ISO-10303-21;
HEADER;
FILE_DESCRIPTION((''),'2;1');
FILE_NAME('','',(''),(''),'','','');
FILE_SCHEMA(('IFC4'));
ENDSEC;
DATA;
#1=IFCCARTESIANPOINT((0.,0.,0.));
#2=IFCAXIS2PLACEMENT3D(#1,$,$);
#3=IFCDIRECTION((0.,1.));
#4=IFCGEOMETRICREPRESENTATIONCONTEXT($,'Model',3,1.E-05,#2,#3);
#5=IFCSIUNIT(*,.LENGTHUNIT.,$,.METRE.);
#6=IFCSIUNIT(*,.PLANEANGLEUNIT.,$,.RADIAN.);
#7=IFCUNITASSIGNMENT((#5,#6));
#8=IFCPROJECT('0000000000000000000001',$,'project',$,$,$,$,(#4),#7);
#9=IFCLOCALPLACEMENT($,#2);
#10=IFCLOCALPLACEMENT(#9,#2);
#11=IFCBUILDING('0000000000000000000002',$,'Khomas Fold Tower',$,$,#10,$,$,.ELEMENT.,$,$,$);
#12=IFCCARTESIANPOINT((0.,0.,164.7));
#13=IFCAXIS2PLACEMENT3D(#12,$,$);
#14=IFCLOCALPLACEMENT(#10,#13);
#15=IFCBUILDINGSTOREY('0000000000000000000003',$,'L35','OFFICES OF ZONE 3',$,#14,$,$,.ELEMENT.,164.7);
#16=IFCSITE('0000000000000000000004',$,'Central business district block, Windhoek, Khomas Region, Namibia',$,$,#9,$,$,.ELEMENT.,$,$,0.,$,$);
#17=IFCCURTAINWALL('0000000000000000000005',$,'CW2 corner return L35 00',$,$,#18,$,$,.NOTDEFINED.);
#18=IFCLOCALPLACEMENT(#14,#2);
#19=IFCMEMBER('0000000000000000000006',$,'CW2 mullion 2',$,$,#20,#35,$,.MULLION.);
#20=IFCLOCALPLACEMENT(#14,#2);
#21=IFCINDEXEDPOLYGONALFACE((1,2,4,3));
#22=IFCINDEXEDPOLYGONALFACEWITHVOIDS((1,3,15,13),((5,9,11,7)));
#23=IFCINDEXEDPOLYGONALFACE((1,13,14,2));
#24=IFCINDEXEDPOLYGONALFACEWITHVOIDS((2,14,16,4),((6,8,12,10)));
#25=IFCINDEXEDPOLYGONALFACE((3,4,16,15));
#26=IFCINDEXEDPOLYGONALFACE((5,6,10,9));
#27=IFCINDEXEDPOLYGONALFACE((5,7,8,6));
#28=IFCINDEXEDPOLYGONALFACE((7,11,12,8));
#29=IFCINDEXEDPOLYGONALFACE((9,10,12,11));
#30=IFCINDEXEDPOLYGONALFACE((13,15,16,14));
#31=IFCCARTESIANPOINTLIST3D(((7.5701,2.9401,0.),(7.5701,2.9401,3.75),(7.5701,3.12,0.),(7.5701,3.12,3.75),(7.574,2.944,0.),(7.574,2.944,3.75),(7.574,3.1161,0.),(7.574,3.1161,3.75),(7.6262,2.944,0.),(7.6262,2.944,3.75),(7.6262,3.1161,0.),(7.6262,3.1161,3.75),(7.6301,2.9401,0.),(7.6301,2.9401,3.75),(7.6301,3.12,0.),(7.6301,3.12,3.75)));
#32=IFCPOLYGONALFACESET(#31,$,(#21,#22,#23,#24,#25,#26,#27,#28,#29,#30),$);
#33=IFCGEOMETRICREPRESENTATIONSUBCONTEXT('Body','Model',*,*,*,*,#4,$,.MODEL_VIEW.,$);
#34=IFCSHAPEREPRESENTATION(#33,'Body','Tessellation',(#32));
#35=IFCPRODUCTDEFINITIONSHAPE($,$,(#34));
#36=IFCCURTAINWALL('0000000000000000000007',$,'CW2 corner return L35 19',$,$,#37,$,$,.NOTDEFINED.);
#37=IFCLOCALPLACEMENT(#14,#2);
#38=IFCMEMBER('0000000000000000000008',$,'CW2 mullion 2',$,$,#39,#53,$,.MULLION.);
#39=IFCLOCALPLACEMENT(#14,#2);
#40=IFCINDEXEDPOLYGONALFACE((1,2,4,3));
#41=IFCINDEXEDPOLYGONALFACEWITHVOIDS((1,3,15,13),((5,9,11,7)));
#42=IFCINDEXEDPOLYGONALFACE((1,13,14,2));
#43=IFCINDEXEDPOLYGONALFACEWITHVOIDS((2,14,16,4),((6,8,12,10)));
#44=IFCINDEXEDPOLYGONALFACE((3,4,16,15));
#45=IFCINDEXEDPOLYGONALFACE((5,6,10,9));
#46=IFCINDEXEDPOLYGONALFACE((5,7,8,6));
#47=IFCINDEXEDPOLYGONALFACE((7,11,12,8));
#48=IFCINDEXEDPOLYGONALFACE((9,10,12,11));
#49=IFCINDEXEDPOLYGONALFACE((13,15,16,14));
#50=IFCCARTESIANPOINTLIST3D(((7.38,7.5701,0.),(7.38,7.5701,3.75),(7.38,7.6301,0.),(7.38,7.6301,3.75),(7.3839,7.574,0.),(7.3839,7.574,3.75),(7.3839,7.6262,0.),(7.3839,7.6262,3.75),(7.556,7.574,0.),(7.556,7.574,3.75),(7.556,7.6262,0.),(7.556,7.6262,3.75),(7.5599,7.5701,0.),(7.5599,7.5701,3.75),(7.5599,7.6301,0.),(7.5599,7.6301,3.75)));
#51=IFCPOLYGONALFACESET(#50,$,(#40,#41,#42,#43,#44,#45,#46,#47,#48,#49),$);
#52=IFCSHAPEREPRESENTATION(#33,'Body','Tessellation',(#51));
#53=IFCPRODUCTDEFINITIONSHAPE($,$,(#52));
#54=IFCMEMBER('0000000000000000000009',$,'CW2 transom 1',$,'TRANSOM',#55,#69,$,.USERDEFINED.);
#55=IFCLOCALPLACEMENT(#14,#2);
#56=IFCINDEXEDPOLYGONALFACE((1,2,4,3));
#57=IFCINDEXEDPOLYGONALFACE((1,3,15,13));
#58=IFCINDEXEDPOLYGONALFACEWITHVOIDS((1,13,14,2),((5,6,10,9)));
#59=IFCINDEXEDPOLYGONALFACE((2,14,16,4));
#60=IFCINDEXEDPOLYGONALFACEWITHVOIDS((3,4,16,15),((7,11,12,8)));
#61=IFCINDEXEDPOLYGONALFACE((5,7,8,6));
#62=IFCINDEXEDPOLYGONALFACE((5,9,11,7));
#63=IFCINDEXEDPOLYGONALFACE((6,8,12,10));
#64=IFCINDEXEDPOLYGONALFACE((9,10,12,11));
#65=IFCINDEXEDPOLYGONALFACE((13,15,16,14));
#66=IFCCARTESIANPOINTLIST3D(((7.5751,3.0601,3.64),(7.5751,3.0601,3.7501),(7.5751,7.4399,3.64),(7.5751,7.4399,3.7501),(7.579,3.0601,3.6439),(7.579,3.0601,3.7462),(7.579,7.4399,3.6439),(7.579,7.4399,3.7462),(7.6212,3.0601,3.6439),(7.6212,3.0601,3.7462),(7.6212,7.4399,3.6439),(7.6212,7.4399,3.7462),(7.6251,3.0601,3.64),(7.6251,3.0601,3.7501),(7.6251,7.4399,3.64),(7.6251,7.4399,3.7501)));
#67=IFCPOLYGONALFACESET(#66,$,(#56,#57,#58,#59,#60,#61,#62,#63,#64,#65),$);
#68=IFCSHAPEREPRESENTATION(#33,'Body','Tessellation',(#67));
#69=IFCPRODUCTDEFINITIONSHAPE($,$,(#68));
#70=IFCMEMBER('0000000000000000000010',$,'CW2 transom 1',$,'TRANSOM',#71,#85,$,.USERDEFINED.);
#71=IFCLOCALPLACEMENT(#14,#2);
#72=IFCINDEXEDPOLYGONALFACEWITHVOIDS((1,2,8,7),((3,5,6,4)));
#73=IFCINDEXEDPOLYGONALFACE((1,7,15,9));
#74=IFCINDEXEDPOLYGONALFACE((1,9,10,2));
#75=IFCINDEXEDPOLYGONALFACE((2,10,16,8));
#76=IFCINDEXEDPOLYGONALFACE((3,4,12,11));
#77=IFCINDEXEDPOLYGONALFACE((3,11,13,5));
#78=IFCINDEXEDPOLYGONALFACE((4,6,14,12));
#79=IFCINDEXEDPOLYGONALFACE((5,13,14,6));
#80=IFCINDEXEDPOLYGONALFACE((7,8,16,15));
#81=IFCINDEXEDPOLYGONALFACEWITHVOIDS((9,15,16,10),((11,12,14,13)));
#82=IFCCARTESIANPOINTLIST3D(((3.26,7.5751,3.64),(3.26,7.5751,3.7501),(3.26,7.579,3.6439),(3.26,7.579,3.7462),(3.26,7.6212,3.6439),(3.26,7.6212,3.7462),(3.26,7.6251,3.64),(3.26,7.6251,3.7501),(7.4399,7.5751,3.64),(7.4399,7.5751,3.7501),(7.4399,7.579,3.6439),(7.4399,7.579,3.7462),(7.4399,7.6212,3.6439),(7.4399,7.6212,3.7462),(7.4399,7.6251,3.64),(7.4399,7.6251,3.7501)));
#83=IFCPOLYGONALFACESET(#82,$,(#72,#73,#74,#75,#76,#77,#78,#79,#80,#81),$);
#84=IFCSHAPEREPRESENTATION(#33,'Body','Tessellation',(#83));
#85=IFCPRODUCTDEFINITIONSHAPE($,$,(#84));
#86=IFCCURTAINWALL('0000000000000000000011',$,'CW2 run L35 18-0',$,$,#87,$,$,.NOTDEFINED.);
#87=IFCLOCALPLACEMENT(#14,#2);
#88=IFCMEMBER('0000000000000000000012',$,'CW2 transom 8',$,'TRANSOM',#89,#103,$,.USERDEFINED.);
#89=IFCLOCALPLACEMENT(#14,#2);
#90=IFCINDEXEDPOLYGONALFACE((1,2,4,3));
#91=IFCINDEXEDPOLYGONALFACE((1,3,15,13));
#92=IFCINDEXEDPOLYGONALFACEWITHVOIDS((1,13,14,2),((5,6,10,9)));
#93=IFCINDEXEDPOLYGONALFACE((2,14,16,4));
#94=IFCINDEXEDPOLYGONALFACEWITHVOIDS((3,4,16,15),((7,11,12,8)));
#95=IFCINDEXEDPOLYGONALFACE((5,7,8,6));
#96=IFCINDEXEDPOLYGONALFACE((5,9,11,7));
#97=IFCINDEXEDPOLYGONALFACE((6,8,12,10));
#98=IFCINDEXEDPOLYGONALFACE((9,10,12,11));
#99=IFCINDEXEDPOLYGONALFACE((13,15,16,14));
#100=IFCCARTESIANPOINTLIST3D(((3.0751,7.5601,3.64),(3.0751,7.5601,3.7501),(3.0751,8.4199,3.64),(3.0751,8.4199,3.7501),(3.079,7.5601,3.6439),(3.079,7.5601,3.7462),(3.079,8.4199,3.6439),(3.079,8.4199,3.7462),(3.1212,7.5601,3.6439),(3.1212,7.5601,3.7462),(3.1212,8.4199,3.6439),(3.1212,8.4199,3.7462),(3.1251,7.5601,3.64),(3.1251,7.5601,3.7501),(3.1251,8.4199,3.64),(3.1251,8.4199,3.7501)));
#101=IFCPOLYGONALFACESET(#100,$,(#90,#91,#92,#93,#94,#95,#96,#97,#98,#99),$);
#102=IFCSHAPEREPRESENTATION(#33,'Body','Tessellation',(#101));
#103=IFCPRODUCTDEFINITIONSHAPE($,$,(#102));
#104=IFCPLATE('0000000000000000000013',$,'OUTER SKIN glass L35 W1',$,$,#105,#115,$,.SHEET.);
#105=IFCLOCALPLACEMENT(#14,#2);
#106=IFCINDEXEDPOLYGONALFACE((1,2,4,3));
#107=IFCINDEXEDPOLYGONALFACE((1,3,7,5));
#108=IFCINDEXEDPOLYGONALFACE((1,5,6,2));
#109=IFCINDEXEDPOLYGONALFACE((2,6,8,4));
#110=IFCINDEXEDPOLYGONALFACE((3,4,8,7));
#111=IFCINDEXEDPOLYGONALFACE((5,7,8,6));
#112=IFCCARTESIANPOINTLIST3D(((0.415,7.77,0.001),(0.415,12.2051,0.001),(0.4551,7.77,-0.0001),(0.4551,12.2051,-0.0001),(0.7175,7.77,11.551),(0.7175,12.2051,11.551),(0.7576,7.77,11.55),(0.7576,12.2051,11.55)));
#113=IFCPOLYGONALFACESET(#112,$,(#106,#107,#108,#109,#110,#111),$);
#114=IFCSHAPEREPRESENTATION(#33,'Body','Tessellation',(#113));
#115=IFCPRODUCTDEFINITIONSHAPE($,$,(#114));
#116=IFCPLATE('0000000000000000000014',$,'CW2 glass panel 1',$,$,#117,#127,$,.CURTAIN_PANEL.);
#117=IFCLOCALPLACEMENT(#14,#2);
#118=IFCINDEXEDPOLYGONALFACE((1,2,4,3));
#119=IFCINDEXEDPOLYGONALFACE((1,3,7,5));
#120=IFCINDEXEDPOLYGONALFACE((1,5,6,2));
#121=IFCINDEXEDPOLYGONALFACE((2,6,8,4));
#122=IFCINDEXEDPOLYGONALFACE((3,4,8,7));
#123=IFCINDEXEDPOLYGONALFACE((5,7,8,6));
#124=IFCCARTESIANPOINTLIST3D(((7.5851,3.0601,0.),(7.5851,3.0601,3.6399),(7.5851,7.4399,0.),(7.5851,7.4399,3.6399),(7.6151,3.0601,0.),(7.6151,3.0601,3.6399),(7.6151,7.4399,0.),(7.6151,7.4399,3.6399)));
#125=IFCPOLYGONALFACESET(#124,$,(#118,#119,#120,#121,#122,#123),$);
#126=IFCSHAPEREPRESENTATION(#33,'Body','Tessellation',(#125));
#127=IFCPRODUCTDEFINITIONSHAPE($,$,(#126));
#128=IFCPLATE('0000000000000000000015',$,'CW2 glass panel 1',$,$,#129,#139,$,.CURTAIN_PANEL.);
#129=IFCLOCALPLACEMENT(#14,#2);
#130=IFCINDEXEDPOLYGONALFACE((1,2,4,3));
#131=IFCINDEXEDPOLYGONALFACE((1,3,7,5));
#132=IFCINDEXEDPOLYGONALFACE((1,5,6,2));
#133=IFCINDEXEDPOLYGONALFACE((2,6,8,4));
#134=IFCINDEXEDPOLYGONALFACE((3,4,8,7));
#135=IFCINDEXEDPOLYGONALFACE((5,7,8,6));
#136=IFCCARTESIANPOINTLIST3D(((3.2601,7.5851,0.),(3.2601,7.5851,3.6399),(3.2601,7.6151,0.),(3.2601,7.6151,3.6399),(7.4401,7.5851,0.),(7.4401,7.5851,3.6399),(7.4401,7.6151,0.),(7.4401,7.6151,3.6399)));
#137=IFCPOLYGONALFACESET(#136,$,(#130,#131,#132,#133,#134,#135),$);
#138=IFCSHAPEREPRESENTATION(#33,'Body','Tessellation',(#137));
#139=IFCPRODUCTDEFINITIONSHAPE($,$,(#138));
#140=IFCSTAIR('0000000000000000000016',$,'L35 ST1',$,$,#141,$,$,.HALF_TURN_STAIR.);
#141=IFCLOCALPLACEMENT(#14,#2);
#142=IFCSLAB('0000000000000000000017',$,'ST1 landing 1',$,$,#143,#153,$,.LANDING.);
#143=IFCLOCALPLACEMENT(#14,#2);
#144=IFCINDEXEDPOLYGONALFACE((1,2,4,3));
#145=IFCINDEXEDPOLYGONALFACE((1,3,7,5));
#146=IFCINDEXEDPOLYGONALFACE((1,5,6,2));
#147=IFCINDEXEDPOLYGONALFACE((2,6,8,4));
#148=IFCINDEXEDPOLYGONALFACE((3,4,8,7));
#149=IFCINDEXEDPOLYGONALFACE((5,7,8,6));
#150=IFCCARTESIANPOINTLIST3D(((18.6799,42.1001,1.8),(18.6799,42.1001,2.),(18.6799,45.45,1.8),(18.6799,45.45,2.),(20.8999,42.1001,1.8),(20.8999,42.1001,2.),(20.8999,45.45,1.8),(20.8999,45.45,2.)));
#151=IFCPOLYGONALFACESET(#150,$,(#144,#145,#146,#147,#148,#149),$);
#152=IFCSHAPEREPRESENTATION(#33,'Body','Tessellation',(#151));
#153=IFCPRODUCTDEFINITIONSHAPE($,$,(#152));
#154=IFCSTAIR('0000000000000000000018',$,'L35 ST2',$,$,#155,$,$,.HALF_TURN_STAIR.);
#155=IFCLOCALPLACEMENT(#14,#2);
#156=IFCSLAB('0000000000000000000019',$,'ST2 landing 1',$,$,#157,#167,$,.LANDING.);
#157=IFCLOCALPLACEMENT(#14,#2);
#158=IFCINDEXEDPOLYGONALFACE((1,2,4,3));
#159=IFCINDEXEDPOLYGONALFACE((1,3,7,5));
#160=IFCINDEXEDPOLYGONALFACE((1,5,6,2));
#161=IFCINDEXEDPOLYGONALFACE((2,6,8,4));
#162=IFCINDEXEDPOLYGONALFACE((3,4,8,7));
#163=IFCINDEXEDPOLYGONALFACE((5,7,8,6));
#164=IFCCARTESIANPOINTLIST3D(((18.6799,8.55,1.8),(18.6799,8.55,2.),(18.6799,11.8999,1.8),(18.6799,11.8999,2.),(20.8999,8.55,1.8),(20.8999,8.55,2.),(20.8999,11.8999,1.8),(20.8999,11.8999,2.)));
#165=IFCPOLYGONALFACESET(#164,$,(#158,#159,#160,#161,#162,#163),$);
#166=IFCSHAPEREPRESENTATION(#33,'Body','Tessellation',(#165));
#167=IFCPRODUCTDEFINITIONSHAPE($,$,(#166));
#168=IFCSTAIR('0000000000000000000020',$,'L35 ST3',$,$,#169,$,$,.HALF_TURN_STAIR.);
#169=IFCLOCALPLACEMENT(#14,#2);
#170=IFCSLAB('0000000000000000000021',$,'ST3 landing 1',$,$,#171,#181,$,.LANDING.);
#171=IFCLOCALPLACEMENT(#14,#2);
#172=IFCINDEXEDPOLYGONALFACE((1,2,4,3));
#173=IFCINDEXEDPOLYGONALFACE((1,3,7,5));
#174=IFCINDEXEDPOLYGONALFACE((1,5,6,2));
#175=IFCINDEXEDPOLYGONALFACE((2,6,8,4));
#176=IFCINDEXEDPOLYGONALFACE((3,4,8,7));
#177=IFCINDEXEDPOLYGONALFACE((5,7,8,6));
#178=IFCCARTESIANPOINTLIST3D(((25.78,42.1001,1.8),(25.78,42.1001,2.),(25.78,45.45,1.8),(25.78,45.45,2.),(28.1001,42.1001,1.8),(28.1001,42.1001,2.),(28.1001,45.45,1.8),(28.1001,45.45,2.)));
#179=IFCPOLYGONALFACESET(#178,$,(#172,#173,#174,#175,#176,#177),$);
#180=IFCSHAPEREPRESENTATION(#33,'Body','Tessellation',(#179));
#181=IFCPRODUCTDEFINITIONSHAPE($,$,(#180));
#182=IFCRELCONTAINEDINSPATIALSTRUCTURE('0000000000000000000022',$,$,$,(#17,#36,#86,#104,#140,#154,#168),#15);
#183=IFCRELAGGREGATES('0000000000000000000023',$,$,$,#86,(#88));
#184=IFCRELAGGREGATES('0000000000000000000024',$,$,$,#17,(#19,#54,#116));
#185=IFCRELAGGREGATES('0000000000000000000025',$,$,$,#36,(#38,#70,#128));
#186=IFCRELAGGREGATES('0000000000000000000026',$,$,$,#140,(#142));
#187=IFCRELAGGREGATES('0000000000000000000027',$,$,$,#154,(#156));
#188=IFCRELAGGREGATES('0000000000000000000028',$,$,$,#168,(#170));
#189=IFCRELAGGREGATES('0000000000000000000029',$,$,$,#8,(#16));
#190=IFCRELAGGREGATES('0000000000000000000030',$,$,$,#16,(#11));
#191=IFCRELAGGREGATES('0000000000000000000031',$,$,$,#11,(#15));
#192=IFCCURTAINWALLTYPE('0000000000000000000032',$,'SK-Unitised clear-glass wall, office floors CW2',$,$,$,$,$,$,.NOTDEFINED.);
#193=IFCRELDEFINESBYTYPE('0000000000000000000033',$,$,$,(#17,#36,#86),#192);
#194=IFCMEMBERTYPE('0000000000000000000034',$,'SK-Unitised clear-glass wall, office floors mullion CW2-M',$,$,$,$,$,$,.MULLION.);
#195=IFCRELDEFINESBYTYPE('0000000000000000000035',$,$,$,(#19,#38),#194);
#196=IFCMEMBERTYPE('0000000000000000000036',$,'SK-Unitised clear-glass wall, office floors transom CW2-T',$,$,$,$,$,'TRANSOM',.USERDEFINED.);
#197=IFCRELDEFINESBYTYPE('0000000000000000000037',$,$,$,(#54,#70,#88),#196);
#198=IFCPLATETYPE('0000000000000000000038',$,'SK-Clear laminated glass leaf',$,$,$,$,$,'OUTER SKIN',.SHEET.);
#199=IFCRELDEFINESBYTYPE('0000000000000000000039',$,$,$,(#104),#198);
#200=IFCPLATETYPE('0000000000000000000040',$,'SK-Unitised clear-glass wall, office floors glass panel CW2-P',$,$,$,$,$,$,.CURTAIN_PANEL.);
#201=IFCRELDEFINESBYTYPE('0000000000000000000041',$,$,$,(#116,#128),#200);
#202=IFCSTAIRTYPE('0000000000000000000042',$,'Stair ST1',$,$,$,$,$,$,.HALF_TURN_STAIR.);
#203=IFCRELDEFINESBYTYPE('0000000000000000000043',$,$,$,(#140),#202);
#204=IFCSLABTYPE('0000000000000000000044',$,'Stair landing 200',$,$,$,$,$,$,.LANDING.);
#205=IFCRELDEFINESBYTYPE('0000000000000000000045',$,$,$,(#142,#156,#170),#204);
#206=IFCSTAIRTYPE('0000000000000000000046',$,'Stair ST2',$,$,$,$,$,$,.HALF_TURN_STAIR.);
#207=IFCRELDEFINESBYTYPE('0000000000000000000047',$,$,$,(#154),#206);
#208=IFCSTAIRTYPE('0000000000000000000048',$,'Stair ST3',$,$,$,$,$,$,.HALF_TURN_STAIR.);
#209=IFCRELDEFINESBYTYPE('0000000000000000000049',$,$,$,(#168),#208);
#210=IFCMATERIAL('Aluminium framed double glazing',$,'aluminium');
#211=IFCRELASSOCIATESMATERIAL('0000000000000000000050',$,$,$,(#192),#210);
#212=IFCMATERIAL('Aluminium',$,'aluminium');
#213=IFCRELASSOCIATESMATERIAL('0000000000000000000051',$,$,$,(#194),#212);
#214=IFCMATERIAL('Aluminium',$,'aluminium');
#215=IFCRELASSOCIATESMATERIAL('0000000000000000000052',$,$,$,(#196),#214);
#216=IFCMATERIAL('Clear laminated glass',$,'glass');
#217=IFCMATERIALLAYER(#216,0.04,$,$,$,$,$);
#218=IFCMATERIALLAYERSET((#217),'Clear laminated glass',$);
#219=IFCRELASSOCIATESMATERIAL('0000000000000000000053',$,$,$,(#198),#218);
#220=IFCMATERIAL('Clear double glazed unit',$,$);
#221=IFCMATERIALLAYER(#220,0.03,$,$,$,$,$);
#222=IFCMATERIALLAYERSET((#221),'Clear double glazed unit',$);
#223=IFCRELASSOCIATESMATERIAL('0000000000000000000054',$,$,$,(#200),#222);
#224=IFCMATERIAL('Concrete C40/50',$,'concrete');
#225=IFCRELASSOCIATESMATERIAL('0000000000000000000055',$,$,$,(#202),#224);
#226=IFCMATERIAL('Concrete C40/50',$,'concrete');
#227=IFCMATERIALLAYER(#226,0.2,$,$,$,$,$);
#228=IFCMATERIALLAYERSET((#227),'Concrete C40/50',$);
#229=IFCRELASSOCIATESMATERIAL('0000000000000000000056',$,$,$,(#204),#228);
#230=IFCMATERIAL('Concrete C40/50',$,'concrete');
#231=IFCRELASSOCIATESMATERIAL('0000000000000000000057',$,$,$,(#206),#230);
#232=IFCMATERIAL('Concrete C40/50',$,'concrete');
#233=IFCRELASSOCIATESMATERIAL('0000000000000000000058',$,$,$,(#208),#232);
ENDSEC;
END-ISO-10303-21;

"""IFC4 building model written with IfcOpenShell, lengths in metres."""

from ifc_helpers import new_model, si_unit, direction, frame, origin, origin_2d, place, context, subcontext, project, spatial, polyline, rectangle, hollow_rectangle, outline, extrude, source, transform, mapped, material, layer, layer_set, material_profile, profile_set, type_object, element, aggregate, save


model = new_model("IFC4")

# Units and contexts
model_context = context("Model", 3, precision=1e-05, world=origin(), true_north=direction((0.0, 1.0)))
body_context = subcontext(model_context, "Body", "Model", "MODEL_VIEW")
ifc_project = project(units=[si_unit("LENGTHUNIT", "METRE"), si_unit("PLANEANGLEUNIT", "RADIAN")], contexts=[model_context])

# Site, building, storey
site_placement = place(None, origin())
site = spatial("IfcSite", under=ifc_project, at=site_placement, Name="Central business district block, Windhoek, Khomas Region, Namibia", CompositionType="ELEMENT", RefElevation=0.0)
building_placement = place(site_placement, origin())
building = spatial("IfcBuilding", under=site, at=building_placement, Name="Khomas Fold Tower", CompositionType="ELEMENT")
storey_placement = place(building_placement, frame((0.0, 0.0, 164.7)))
storey = spatial("IfcBuildingStorey", under=building, at=storey_placement, Name="L35", Description="OFFICES OF ZONE 3", CompositionType="ELEMENT", Elevation=164.7)

# Curtain walls, members
ifc_material_1 = material(Name="Aluminium framed double glazing", Category="aluminium")
curtain_wall_type = type_object("IfcCurtainWallType", Name="SK-Unitised clear-glass wall, office floors CW2", PredefinedType="NOTDEFINED", material=ifc_material_1)
curtain_wall_1_placement = place(storey_placement, origin())
curtain_wall_1 = element("IfcCurtainWall", 1, at=curtain_wall_1_placement, inside=storey, type_object=curtain_wall_type, Name="CW2 corner return L35 00", PredefinedType="NOTDEFINED")
ifc_material_2 = material(Name="Aluminium", Category="aluminium")
ifc_material_profile_1 = material_profile(ifc_material_2, hollow_rectangle(XDim=0.0601, YDim=0.1799, WallThickness=0.0039, at=origin_2d()), Name="SK-Unitised clear-glass wall, office floors mullion CW2-M")
ifc_profile_set_1 = profile_set([ifc_material_profile_1], Name="Aluminium")
member_type_1 = type_object("IfcMemberType", Name="SK-Unitised clear-glass wall, office floors mullion CW2-M", PredefinedType="MULLION", material=ifc_profile_set_1)
shared_shape_1 = source(origin(), body_context, "Body", "SweptSolid", [
    extrude(hollow_rectangle(XDim=0.0601, YDim=0.1799, WallThickness=0.0039, at=origin_2d()), origin(), (0.0, 0.0, 1.0), 3.75),
])
member_1_placement = place(storey_placement, frame((7.6001, 3.03, 0.0), z_axis=(0.0, 0.0, 1.0), x_axis=(1.0, 0.0, 0.0)))
member_1 = element("IfcMember", 2, at=member_1_placement, type_object=member_type_1, Name="CW2 mullion 2", PredefinedType="MULLION", context=body_context, shape_type="MappedRepresentation", body=[
    mapped(shared_shape_1, transform((0.0, 0.0, 0.0))),
])
curtain_wall_2_placement = place(storey_placement, origin())
curtain_wall_2 = element("IfcCurtainWall", 3, at=curtain_wall_2_placement, inside=storey, type_object=curtain_wall_type, Name="CW2 corner return L35 19", PredefinedType="NOTDEFINED")
member_2_placement = place(storey_placement, frame((7.47, 7.6001, 0.0), z_axis=(0.0, 0.0, 1.0), x_axis=(0.0, 1.0, 0.0)))
member_2 = element("IfcMember", 4, at=member_2_placement, type_object=member_type_1, Name="CW2 mullion 2", PredefinedType="MULLION", context=body_context, shape_type="MappedRepresentation", body=[
    mapped(shared_shape_1, transform((0.0, 0.0, 0.0))),
])

# Members
ifc_material_3 = material(Name="Aluminium", Category="aluminium")
ifc_material_profile_2 = material_profile(ifc_material_3, hollow_rectangle(XDim=0.05, YDim=0.1101, WallThickness=0.0039, at=origin_2d()), Name="SK-Unitised clear-glass wall, office floors transom CW2-T")
ifc_profile_set_2 = profile_set([ifc_material_profile_2], Name="Aluminium")
member_type_2 = type_object("IfcMemberType", Name="SK-Unitised clear-glass wall, office floors transom CW2-T", ElementType="TRANSOM", PredefinedType="USERDEFINED", material=ifc_profile_set_2)
shared_shape_2 = source(origin(), body_context, "Body", "SweptSolid", [
    extrude(hollow_rectangle(XDim=0.05, YDim=0.1101, WallThickness=0.0039, at=origin_2d()), origin(), (0.0, 0.0, 1.0), 4.3799),
])
member_3_placement = place(storey_placement, frame((7.6001, 7.4399, 3.6951), z_axis=(0.0, -1.0, 0.0), x_axis=(1.0, 0.0, 0.0)))
member_3 = element("IfcMember", 5, at=member_3_placement, type_object=member_type_2, Name="CW2 transom 1", ObjectType="TRANSOM", PredefinedType="USERDEFINED", context=body_context, shape_type="MappedRepresentation", body=[
    mapped(shared_shape_2, transform((0.0, 0.0, 0.0))),
])
shared_shape_3 = source(origin(), body_context, "Body", "SweptSolid", [
    extrude(hollow_rectangle(XDim=0.05, YDim=0.1101, WallThickness=0.0039, at=origin_2d()), origin(), (0.0, 0.0, 1.0), 4.1799),
])
member_4_placement = place(storey_placement, frame((3.26, 7.6001, 3.6951), z_axis=(1.0, 0.0, 0.0), x_axis=(0.0, 1.0, 0.0)))
member_4 = element("IfcMember", 6, at=member_4_placement, type_object=member_type_2, Name="CW2 transom 1", ObjectType="TRANSOM", PredefinedType="USERDEFINED", context=body_context, shape_type="MappedRepresentation", body=[
    mapped(shared_shape_3, transform((0.0, 0.0, 0.0))),
])

# Curtain wall, member
curtain_wall_3_placement = place(storey_placement, origin())
curtain_wall_3 = element("IfcCurtainWall", 7, at=curtain_wall_3_placement, inside=storey, type_object=curtain_wall_type, Name="CW2 run L35 18-0", PredefinedType="NOTDEFINED")
shared_shape_4 = source(origin(), body_context, "Body", "SweptSolid", [
    extrude(hollow_rectangle(XDim=0.05, YDim=0.1101, WallThickness=0.0039, at=origin_2d()), origin(), (0.0, 0.0, 1.0), 0.8599),
])
member_5_placement = place(storey_placement, frame((3.1001, 8.4199, 3.6951), z_axis=(0.0, -1.0, 0.0), x_axis=(1.0, 0.0, 0.0)))
member_5 = element("IfcMember", 8, at=member_5_placement, type_object=member_type_2, Name="CW2 transom 8", ObjectType="TRANSOM", PredefinedType="USERDEFINED", context=body_context, shape_type="MappedRepresentation", body=[
    mapped(shared_shape_4, transform((0.0, 0.0, 0.0))),
])
aggregate(curtain_wall_3, [member_5])

# Plates
ifc_material_4 = material(Name="Clear laminated glass", Category="glass")
ifc_layer_1 = layer(ifc_material_4, 0.04)
ifc_layer_set_1 = layer_set([ifc_layer_1], Name="Clear laminated glass")
plate_type_1 = type_object("IfcPlateType", Name="SK-Clear laminated glass leaf", ElementType="OUTER SKIN", PredefinedType="SHEET", material=ifc_layer_set_1)
plate_1_placement = place(storey_placement, frame((0.415, 7.77, 0.001), z_axis=(-0.999657, 0.0, 0.026181), x_axis=(0.0, 1.0, 0.0)))
element("IfcPlate", 9, at=plate_1_placement, inside=storey, type_object=plate_type_1, Name="OUTER SKIN glass L35 W1", PredefinedType="SHEET", context=body_context, shape_type="SweptSolid", body=[
    extrude(outline(polyline([(0.0, 0.0), (4.4351, 0.0), (4.4351, -11.554), (0.0, -11.554), (0.0, 0.0)])), origin(), (0.0, 0.0, -1.0), 0.04),
])
ifc_material_5 = material(Name="Clear double glazed unit")
ifc_layer_2 = layer(ifc_material_5, 0.03)
ifc_layer_set_2 = layer_set([ifc_layer_2], Name="Clear double glazed unit")
plate_type_2 = type_object("IfcPlateType", Name="SK-Unitised clear-glass wall, office floors glass panel CW2-P", PredefinedType="CURTAIN_PANEL", material=ifc_layer_set_2)
shared_shape_5 = source(origin(), body_context, "Body", "SweptSolid", [
    extrude(rectangle(XDim=4.3799, YDim=0.03, at=origin_2d()), origin(), (0.0, 0.0, 1.0), 3.6399),
])
plate_2_placement = place(storey_placement, frame((7.6001, 5.25, 0.0), z_axis=(0.0, 0.0, 1.0), x_axis=(0.0, -1.0, 0.0)))
plate_2 = element("IfcPlate", 10, at=plate_2_placement, type_object=plate_type_2, Name="CW2 glass panel 1", PredefinedType="CURTAIN_PANEL", context=body_context, shape_type="MappedRepresentation", body=[
    mapped(shared_shape_5, transform((0.0, 0.0, 0.0))),
])
aggregate(curtain_wall_1, [member_1, member_3, plate_2])
shared_shape_6 = source(origin(), body_context, "Body", "SweptSolid", [
    extrude(rectangle(XDim=4.1799, YDim=0.03, at=origin_2d()), origin(), (0.0, 0.0, 1.0), 3.6399),
])
plate_3_placement = place(storey_placement, frame((5.3501, 7.6001, 0.0), z_axis=(0.0, 0.0, 1.0), x_axis=(1.0, 0.0, 0.0)))
plate_3 = element("IfcPlate", 11, at=plate_3_placement, type_object=plate_type_2, Name="CW2 glass panel 1", PredefinedType="CURTAIN_PANEL", context=body_context, shape_type="MappedRepresentation", body=[
    mapped(shared_shape_6, transform((0.0, 0.0, 0.0))),
])
aggregate(curtain_wall_2, [member_2, member_4, plate_3])

# Stairs, slabs
ifc_material_6 = material(Name="Concrete C40/50", Category="concrete")
stair_type_1 = type_object("IfcStairType", Name="Stair ST1", PredefinedType="HALF_TURN_STAIR", material=ifc_material_6)
stair_1_placement = place(storey_placement, origin())
stair_1 = element("IfcStair", 12, at=stair_1_placement, inside=storey, type_object=stair_type_1, Name="L35 ST1", PredefinedType="HALF_TURN_STAIR")
ifc_material_7 = material(Name="Concrete C40/50", Category="concrete")
ifc_layer_3 = layer(ifc_material_7, 0.2)
ifc_layer_set_3 = layer_set([ifc_layer_3], Name="Concrete C40/50")
slab_type = type_object("IfcSlabType", Name="Stair landing 200", PredefinedType="LANDING", material=ifc_layer_set_3)
shared_shape_7 = source(origin(), body_context, "Body", "SweptSolid", [
    extrude(outline(polyline([(18.6799, 42.1001), (20.8999, 42.1001), (20.8999, 45.45), (18.6799, 45.45), (18.6799, 42.1001)])), origin(), (0.0, 0.0, 1.0), 0.2),
])
slab_1_placement = place(storey_placement, frame((0.0, 0.0, 1.8)))
slab_1 = element("IfcSlab", 13, at=slab_1_placement, type_object=slab_type, Name="ST1 landing 1", PredefinedType="LANDING", context=body_context, shape_type="MappedRepresentation", body=[
    mapped(shared_shape_7, transform((0.0, 0.0, 0.0))),
])
aggregate(stair_1, [slab_1])
ifc_material_8 = material(Name="Concrete C40/50", Category="concrete")
stair_type_2 = type_object("IfcStairType", Name="Stair ST2", PredefinedType="HALF_TURN_STAIR", material=ifc_material_8)
stair_2_placement = place(storey_placement, origin())
stair_2 = element("IfcStair", 14, at=stair_2_placement, inside=storey, type_object=stair_type_2, Name="L35 ST2", PredefinedType="HALF_TURN_STAIR")
shared_shape_8 = source(origin(), body_context, "Body", "SweptSolid", [
    extrude(outline(polyline([(18.6799, 8.55), (20.8999, 8.55), (20.8999, 11.8999), (18.6799, 11.8999), (18.6799, 8.55)])), origin(), (0.0, 0.0, 1.0), 0.2),
])
slab_2_placement = place(storey_placement, frame((0.0, 0.0, 1.8)))
slab_2 = element("IfcSlab", 15, at=slab_2_placement, type_object=slab_type, Name="ST2 landing 1", PredefinedType="LANDING", context=body_context, shape_type="MappedRepresentation", body=[
    mapped(shared_shape_8, transform((0.0, 0.0, 0.0))),
])
aggregate(stair_2, [slab_2])
ifc_material_9 = material(Name="Concrete C40/50", Category="concrete")
stair_type_3 = type_object("IfcStairType", Name="Stair ST3", PredefinedType="HALF_TURN_STAIR", material=ifc_material_9)
stair_3_placement = place(storey_placement, origin())
stair_3 = element("IfcStair", 16, at=stair_3_placement, inside=storey, type_object=stair_type_3, Name="L35 ST3", PredefinedType="HALF_TURN_STAIR")
shared_shape_9 = source(origin(), body_context, "Body", "SweptSolid", [
    extrude(outline(polyline([(25.78, 42.1001), (28.1001, 42.1001), (28.1001, 45.45), (25.78, 45.45), (25.78, 42.1001)])), origin(), (0.0, 0.0, 1.0), 0.2),
])
slab_3_placement = place(storey_placement, frame((0.0, 0.0, 1.8)))
slab_3 = element("IfcSlab", 17, at=slab_3_placement, type_object=slab_type, Name="ST3 landing 1", PredefinedType="LANDING", context=body_context, shape_type="MappedRepresentation", body=[
    mapped(shared_shape_9, transform((0.0, 0.0, 0.0))),
])
aggregate(stair_3, [slab_3])

save(model, "model.ifc")
